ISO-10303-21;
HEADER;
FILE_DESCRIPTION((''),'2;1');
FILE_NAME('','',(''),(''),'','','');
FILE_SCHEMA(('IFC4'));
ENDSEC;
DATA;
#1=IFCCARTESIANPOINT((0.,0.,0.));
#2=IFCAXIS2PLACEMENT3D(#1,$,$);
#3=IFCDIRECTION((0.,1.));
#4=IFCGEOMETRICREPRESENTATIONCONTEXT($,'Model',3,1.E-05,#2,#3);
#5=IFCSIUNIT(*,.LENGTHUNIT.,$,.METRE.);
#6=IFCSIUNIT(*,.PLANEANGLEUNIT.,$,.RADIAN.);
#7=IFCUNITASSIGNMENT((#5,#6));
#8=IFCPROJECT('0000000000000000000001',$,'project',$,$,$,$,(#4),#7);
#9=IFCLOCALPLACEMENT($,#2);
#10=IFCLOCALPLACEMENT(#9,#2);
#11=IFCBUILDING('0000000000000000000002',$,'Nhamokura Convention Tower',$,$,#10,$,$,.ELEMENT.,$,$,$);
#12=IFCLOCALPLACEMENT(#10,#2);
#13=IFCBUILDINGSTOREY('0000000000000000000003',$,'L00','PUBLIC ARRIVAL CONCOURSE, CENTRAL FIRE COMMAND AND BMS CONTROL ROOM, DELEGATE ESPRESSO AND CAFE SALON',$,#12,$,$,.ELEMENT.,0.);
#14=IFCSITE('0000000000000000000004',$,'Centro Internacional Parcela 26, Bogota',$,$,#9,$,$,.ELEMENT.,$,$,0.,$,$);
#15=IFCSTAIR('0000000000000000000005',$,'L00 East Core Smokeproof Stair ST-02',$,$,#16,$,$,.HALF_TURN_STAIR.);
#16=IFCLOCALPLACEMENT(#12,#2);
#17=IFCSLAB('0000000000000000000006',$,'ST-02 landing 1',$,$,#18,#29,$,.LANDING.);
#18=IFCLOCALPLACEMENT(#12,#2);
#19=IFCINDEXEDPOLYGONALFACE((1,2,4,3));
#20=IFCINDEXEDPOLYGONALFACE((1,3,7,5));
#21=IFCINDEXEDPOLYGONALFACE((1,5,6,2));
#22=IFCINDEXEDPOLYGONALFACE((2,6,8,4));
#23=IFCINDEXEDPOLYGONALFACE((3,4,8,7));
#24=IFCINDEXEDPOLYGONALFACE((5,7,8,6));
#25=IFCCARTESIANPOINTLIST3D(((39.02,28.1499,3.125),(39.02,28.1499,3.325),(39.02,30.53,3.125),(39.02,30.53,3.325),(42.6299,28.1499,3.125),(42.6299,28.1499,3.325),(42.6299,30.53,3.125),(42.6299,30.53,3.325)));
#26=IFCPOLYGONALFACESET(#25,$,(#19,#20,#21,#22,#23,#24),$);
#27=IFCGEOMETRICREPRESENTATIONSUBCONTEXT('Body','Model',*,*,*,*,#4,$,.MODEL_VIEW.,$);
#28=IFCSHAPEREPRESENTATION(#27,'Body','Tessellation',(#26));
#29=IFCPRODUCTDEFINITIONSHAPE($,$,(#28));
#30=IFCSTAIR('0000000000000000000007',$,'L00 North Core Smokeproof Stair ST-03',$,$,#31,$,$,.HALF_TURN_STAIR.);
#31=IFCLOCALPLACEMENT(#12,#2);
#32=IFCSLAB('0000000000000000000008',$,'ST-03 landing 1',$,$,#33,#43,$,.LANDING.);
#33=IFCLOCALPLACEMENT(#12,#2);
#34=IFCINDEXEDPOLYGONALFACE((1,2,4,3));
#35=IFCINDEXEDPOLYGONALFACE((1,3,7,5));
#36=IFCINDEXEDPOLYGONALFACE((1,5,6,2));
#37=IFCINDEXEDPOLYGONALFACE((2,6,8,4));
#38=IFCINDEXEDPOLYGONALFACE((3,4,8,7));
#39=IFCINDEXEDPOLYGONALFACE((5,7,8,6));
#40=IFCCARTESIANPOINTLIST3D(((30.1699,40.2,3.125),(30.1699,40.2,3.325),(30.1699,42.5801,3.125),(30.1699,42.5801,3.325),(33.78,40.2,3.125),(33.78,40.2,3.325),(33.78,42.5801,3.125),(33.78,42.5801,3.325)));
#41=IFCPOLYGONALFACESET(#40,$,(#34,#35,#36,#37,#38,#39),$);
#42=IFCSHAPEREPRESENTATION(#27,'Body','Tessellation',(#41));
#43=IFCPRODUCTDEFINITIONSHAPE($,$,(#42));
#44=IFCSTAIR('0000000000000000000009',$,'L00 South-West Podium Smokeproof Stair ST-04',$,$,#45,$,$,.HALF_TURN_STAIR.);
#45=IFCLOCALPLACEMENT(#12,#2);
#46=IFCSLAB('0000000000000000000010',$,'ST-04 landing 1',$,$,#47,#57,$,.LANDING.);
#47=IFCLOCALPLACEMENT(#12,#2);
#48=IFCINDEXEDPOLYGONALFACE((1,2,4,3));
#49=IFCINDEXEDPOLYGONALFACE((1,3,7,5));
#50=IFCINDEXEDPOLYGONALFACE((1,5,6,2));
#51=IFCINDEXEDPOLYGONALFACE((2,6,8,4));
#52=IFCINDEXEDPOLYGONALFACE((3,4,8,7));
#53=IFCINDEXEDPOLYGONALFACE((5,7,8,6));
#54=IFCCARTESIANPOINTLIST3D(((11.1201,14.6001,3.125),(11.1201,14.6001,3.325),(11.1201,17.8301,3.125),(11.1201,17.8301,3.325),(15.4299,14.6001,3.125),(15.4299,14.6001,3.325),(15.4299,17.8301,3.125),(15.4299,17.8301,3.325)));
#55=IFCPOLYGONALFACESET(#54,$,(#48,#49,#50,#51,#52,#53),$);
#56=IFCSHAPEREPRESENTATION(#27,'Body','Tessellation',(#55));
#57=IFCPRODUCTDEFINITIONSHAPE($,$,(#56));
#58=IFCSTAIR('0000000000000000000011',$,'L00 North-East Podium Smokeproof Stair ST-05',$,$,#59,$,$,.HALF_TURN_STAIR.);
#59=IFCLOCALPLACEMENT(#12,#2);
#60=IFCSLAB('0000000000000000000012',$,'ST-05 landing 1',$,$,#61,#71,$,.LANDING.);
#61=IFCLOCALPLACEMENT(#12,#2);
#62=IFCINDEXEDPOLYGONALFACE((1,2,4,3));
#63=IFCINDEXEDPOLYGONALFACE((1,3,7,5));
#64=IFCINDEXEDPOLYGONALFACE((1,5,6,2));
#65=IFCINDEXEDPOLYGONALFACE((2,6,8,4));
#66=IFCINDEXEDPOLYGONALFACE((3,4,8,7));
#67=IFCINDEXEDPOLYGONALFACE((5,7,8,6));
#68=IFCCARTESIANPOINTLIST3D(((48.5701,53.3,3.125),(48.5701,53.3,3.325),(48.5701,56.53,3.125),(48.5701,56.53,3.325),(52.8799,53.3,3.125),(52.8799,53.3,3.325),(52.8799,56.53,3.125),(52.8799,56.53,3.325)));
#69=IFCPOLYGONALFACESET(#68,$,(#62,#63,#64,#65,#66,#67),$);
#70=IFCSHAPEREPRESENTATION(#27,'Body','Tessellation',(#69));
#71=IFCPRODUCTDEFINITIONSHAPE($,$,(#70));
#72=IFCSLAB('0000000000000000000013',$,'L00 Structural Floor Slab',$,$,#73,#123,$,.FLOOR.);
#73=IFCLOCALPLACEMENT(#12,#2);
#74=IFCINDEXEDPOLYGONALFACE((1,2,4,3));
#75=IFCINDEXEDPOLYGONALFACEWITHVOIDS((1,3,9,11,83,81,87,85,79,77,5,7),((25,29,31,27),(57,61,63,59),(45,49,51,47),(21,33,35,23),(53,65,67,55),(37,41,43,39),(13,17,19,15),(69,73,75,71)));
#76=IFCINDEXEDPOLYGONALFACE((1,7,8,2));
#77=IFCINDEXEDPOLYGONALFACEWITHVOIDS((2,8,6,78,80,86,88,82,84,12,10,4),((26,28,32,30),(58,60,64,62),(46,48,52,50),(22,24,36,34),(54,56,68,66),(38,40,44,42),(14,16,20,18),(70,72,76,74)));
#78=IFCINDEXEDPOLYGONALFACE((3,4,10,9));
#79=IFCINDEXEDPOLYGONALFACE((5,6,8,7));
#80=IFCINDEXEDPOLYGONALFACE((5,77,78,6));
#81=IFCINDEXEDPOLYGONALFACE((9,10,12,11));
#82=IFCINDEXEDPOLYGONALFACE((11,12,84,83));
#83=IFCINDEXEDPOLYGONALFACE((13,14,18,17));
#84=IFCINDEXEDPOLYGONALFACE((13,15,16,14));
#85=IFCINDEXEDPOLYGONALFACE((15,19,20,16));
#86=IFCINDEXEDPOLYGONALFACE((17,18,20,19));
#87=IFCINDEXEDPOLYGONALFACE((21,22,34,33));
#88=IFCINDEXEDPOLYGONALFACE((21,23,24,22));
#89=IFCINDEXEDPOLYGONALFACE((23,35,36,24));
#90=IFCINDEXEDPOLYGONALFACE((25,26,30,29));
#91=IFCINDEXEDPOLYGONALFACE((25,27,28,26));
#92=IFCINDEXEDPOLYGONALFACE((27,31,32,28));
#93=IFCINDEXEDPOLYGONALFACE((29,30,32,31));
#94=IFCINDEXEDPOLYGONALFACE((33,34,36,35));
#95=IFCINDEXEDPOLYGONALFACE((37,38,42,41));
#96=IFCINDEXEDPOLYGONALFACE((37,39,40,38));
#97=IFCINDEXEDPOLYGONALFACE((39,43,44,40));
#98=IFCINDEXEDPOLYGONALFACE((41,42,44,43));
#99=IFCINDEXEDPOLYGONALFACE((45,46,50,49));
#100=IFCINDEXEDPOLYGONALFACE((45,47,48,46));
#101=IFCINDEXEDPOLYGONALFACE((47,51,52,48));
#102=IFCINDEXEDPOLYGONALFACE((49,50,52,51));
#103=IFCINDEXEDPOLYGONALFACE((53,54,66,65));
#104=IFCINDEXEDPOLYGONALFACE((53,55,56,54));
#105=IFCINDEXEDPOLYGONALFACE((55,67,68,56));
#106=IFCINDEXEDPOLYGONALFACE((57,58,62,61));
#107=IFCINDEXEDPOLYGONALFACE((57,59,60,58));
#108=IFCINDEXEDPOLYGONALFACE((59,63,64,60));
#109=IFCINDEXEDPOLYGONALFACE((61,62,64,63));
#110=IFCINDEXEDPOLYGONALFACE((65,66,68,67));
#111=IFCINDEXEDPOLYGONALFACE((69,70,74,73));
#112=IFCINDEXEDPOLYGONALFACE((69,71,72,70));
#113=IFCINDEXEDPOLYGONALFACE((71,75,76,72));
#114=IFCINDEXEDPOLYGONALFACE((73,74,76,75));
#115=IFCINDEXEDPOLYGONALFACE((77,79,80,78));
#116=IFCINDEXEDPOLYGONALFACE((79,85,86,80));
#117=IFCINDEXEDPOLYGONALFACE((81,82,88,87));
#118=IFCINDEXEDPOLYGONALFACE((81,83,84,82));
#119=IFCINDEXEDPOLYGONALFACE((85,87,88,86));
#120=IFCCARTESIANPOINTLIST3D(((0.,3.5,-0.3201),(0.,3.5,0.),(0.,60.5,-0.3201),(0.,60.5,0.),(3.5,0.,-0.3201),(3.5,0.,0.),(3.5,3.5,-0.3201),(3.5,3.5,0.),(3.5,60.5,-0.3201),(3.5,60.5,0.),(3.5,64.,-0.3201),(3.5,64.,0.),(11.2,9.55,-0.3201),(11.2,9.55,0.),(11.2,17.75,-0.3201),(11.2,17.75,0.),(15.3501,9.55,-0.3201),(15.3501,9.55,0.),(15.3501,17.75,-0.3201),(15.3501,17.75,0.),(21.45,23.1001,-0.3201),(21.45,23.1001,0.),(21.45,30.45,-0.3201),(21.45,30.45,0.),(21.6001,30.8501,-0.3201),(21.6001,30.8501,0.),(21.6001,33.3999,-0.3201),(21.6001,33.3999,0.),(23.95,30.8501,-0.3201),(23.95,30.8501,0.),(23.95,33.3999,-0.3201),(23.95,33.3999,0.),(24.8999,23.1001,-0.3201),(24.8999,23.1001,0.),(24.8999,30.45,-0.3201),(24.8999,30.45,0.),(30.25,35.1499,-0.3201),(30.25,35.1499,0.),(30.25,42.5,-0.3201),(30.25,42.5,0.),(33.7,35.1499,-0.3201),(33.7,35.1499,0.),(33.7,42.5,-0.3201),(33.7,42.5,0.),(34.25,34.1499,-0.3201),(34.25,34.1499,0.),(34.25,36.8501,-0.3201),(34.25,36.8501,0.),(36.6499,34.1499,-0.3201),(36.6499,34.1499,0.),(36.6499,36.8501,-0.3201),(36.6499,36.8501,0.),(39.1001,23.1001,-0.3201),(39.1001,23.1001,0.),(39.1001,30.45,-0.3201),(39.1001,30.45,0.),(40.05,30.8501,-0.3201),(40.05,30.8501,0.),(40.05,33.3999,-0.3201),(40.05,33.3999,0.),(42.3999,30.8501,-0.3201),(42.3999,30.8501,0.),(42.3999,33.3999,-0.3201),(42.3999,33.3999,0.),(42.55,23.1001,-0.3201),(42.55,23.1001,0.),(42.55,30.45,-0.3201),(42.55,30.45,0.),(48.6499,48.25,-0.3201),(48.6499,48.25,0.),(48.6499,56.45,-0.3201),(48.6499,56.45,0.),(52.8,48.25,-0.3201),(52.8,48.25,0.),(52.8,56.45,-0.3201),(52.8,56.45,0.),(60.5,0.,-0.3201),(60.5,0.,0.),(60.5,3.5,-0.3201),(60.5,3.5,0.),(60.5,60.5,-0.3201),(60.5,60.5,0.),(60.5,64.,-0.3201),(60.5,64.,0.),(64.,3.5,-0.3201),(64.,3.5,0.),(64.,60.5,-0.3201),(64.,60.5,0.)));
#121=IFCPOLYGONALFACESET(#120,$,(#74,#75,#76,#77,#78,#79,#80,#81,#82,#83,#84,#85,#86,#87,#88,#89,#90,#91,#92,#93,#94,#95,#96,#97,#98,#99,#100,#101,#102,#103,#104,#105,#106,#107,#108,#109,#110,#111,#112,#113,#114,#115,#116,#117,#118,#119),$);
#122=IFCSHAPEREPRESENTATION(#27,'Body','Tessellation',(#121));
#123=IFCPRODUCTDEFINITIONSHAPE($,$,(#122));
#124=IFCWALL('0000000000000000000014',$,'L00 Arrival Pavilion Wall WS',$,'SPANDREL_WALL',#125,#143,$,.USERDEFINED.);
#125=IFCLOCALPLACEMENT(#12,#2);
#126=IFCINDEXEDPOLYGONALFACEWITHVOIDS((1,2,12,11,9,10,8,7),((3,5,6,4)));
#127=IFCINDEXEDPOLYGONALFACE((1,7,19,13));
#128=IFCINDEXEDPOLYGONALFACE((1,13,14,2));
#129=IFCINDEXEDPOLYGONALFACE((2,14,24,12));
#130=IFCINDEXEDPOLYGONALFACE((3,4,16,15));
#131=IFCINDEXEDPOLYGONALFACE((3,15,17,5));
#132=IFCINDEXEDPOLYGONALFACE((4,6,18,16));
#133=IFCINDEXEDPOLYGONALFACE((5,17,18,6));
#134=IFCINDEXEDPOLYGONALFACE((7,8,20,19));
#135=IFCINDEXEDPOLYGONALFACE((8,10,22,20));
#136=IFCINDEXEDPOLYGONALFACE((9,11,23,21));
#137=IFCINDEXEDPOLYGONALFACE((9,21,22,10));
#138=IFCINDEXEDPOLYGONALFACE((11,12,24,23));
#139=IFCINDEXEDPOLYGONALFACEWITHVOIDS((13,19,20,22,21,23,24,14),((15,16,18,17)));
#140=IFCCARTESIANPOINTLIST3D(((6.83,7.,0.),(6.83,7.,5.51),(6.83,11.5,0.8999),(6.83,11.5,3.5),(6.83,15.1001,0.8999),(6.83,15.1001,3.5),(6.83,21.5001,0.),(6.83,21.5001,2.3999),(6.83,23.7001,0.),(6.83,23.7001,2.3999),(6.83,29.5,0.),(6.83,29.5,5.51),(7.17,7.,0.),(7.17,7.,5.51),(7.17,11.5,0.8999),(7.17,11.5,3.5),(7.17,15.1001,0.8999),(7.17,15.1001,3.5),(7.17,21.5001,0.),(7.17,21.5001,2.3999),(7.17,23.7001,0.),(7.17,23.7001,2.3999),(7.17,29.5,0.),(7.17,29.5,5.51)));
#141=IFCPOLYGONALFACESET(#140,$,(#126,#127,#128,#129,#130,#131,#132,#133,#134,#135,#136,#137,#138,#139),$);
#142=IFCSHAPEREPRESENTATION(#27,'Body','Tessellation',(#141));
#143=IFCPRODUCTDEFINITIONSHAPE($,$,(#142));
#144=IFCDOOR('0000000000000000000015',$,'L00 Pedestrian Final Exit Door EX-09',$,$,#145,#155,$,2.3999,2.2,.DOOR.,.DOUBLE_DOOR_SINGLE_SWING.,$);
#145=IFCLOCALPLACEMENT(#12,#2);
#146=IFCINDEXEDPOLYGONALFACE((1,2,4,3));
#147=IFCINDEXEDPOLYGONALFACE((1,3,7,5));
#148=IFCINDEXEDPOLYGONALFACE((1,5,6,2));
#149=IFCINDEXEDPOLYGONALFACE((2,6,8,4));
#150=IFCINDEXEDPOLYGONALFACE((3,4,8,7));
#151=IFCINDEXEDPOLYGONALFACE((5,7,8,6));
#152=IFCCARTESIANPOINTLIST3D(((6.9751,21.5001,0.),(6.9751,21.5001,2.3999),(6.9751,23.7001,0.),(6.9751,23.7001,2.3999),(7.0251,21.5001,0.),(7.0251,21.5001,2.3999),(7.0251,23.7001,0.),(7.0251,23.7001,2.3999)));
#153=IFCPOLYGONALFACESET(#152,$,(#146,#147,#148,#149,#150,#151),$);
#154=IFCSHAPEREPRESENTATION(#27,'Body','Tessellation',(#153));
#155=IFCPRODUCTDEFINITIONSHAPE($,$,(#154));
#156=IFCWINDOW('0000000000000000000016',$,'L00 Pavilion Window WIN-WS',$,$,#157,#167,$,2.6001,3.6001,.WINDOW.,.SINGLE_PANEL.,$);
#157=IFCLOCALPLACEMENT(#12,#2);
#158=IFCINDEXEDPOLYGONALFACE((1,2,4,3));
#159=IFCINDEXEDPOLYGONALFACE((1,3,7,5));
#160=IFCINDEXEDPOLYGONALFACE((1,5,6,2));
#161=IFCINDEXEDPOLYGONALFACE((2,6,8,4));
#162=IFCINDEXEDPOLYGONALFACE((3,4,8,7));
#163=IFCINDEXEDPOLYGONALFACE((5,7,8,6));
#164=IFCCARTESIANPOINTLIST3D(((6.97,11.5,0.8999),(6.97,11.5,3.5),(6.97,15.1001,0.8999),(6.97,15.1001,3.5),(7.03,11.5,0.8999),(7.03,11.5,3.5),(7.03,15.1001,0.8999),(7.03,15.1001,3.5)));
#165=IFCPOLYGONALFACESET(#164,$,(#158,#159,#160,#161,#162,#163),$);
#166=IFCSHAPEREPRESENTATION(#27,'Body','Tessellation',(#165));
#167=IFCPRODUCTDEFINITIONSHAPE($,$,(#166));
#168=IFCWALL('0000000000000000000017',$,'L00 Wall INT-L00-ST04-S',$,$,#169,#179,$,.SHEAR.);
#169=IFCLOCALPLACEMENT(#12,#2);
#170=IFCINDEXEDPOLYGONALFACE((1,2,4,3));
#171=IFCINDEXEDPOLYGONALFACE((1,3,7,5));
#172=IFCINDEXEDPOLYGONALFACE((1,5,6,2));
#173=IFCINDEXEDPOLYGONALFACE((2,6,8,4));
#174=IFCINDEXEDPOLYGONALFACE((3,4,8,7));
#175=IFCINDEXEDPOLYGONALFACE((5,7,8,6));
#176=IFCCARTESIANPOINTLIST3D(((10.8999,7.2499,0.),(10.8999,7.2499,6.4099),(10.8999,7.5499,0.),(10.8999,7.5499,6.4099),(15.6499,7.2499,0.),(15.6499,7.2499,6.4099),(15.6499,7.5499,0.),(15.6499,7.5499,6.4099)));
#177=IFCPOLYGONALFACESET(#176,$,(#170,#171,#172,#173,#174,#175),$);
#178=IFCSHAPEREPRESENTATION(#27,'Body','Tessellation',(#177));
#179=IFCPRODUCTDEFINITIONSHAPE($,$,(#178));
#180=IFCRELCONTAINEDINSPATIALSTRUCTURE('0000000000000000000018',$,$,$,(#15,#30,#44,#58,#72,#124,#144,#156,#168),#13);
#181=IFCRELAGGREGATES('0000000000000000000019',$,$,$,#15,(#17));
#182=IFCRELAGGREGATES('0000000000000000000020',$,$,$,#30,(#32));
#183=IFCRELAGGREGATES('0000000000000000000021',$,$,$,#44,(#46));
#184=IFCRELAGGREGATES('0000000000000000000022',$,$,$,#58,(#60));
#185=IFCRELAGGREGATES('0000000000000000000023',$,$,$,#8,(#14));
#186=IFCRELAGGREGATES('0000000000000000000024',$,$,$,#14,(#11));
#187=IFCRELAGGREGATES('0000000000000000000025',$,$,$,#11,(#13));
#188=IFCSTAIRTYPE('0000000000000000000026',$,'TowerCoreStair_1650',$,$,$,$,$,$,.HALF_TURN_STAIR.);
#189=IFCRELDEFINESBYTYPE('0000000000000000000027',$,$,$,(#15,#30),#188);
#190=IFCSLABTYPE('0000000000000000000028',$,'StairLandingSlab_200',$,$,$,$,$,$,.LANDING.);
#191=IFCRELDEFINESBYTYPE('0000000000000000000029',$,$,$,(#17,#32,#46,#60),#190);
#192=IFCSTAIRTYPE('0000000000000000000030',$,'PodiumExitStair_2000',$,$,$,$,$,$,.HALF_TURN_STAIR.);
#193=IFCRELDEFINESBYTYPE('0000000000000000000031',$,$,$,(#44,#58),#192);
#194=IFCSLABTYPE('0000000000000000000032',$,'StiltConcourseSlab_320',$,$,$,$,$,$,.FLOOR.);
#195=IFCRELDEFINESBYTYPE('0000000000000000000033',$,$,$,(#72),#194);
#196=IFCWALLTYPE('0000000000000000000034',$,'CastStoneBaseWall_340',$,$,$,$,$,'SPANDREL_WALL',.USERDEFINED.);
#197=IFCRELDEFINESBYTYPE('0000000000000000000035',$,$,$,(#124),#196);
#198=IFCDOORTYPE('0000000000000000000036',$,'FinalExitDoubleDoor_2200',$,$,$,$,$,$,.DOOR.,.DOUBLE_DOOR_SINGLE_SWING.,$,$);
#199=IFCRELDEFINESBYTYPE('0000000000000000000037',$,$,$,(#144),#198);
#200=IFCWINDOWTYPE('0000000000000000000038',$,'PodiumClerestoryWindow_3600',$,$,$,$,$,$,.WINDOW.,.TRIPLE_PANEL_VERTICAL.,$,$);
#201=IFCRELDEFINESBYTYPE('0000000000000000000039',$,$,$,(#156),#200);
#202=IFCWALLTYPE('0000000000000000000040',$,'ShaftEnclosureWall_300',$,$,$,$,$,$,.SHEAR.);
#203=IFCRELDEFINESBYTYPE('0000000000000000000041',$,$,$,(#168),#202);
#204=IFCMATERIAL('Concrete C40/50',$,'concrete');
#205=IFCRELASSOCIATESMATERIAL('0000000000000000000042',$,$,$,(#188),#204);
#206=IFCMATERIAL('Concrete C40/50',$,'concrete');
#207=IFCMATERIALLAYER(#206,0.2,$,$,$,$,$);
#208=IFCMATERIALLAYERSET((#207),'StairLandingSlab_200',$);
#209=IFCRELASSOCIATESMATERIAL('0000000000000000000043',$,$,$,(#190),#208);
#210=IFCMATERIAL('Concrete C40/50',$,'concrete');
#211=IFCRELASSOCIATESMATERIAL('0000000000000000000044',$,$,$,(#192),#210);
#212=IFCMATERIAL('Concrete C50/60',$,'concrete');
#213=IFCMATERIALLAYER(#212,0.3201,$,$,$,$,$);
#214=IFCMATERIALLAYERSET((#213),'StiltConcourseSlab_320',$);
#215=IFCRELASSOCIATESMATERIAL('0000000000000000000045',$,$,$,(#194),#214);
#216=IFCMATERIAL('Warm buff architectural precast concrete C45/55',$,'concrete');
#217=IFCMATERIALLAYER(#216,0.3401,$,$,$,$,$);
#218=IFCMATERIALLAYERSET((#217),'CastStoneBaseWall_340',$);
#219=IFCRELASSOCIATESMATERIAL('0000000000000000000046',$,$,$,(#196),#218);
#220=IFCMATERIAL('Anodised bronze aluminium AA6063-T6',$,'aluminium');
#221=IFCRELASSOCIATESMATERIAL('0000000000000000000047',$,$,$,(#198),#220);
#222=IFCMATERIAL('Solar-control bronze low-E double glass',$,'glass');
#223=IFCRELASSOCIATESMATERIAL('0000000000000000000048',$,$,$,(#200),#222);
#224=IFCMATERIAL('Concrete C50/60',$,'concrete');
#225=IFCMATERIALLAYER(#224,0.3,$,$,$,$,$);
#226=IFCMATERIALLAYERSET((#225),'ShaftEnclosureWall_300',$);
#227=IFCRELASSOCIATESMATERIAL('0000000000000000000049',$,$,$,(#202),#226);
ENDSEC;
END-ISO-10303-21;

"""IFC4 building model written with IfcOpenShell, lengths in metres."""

from ifc_helpers import new_model, si_unit, direction, frame, frame_2d, origin, place, context, subcontext, project, spatial, polyline, rectangle, outline, extrude, material, layer, layer_set, type_object, element, fill, aggregate, save


model = new_model("IFC4")

# Units and contexts
model_context = context("Model", 3, precision=1e-05, world=origin(), true_north=direction((0.0, 1.0)))
body_context = subcontext(model_context, "Body", "Model", "MODEL_VIEW")
ifc_project = project(units=[si_unit("LENGTHUNIT", "METRE"), si_unit("PLANEANGLEUNIT", "RADIAN")], contexts=[model_context])

# Site, building, storey
site_placement = place(None, origin())
site = spatial("IfcSite", under=ifc_project, at=site_placement, Name="Centro Internacional Parcela 26, Bogota", CompositionType="ELEMENT", RefElevation=0.0)
building_placement = place(site_placement, origin())
building = spatial("IfcBuilding", under=site, at=building_placement, Name="Nhamokura Convention Tower", CompositionType="ELEMENT")
storey_placement = place(building_placement, origin())
storey = spatial("IfcBuildingStorey", under=building, at=storey_placement, Name="L00", Description="PUBLIC ARRIVAL CONCOURSE, CENTRAL FIRE COMMAND AND BMS CONTROL ROOM, DELEGATE ESPRESSO AND CAFE SALON", CompositionType="ELEMENT", Elevation=0.0)

# Stairs, slabs
ifc_material_1 = material(Name="Concrete C40/50", Category="concrete")
stair_type_1 = type_object("IfcStairType", Name="TowerCoreStair_1650", PredefinedType="HALF_TURN_STAIR", material=ifc_material_1)
ifc_material_2 = material(Name="Concrete C40/50", Category="concrete")
ifc_layer_1 = layer(ifc_material_2, 0.2)
ifc_layer_set_1 = layer_set([ifc_layer_1], Name="StairLandingSlab_200")
slab_type_1 = type_object("IfcSlabType", Name="StairLandingSlab_200", PredefinedType="LANDING", material=ifc_layer_set_1)
stair_1_placement = place(storey_placement, origin())
stair_1 = element("IfcStair", 1, at=stair_1_placement, inside=storey, type_object=stair_type_1, Name="L00 East Core Smokeproof Stair ST-02", PredefinedType="HALF_TURN_STAIR")
slab_1_placement = place(storey_placement, frame((0.0, 0.0, 3.125)))
slab_1 = element("IfcSlab", 2, at=slab_1_placement, type_object=slab_type_1, Name="ST-02 landing 1", PredefinedType="LANDING", context=body_context, shape_type="SweptSolid", body=[
    extrude(outline(polyline([(42.6299, 28.1499), (42.6299, 30.53), (39.02, 30.53), (39.02, 28.1499), (42.6299, 28.1499)])), origin(), (0.0, 0.0, 1.0), 0.2),
])
aggregate(stair_1, [slab_1])
stair_2_placement = place(storey_placement, origin())
stair_2 = element("IfcStair", 3, at=stair_2_placement, inside=storey, type_object=stair_type_1, Name="L00 North Core Smokeproof Stair ST-03", PredefinedType="HALF_TURN_STAIR")
slab_2_placement = place(storey_placement, frame((0.0, 0.0, 3.125)))
slab_2 = element("IfcSlab", 4, at=slab_2_placement, type_object=slab_type_1, Name="ST-03 landing 1", PredefinedType="LANDING", context=body_context, shape_type="SweptSolid", body=[
    extrude(outline(polyline([(33.78, 40.2), (33.78, 42.5801), (30.1699, 42.5801), (30.1699, 40.2), (33.78, 40.2)])), origin(), (0.0, 0.0, 1.0), 0.2),
])
aggregate(stair_2, [slab_2])
ifc_material_3 = material(Name="Concrete C40/50", Category="concrete")
stair_type_2 = type_object("IfcStairType", Name="PodiumExitStair_2000", PredefinedType="HALF_TURN_STAIR", material=ifc_material_3)
stair_3_placement = place(storey_placement, origin())
stair_3 = element("IfcStair", 5, at=stair_3_placement, inside=storey, type_object=stair_type_2, Name="L00 South-West Podium Smokeproof Stair ST-04", PredefinedType="HALF_TURN_STAIR")
slab_3_placement = place(storey_placement, frame((0.0, 0.0, 3.125)))
slab_3 = element("IfcSlab", 6, at=slab_3_placement, type_object=slab_type_1, Name="ST-04 landing 1", PredefinedType="LANDING", context=body_context, shape_type="SweptSolid", body=[
    extrude(outline(polyline([(15.4299, 14.6001), (15.4299, 17.8301), (11.1201, 17.8301), (11.1201, 14.6001), (15.4299, 14.6001)])), origin(), (0.0, 0.0, 1.0), 0.2),
])
aggregate(stair_3, [slab_3])
stair_4_placement = place(storey_placement, origin())
stair_4 = element("IfcStair", 7, at=stair_4_placement, inside=storey, type_object=stair_type_2, Name="L00 North-East Podium Smokeproof Stair ST-05", PredefinedType="HALF_TURN_STAIR")
slab_4_placement = place(storey_placement, frame((0.0, 0.0, 3.125)))
slab_4 = element("IfcSlab", 8, at=slab_4_placement, type_object=slab_type_1, Name="ST-05 landing 1", PredefinedType="LANDING", context=body_context, shape_type="SweptSolid", body=[
    extrude(outline(polyline([(52.8799, 53.3), (52.8799, 56.53), (48.5701, 56.53), (48.5701, 53.3), (52.8799, 53.3)])), origin(), (0.0, 0.0, 1.0), 0.2),
])
aggregate(stair_4, [slab_4])

# Slab
ifc_material_4 = material(Name="Concrete C50/60", Category="concrete")
ifc_layer_2 = layer(ifc_material_4, 0.3201)
ifc_layer_set_2 = layer_set([ifc_layer_2], Name="StiltConcourseSlab_320")
slab_type_2 = type_object("IfcSlabType", Name="StiltConcourseSlab_320", PredefinedType="FLOOR", material=ifc_layer_set_2)
slab_5_placement = place(storey_placement, frame((0.0, 0.0, -0.3201)))
element("IfcSlab", 9, at=slab_5_placement, inside=storey, type_object=slab_type_2, Name="L00 Structural Floor Slab", PredefinedType="FLOOR", context=body_context, shape_type="SweptSolid", body=[
    extrude(outline(polyline([(3.5, 0.0), (60.5, 0.0), (60.5, 3.5), (64.0, 3.5), (64.0, 60.5), (60.5, 60.5), (60.5, 64.0), (3.5, 64.0), (3.5, 60.5), (0.0, 60.5), (0.0, 3.5), (3.5, 3.5), (3.5, 0.0)]), holes=[polyline([(24.8999, 23.1001), (24.8999, 30.45), (21.45, 30.45), (21.45, 23.1001), (24.8999, 23.1001)]), polyline([(42.55, 23.1001), (42.55, 30.45), (39.1001, 30.45), (39.1001, 23.1001), (42.55, 23.1001)]), polyline([(33.7, 35.1499), (33.7, 42.5), (30.25, 42.5), (30.25, 35.1499), (33.7, 35.1499)]), polyline([(15.3501, 9.55), (15.3501, 17.75), (11.2, 17.75), (11.2, 9.55), (15.3501, 9.55)]), polyline([(52.8, 48.25), (52.8, 56.45), (48.6499, 56.45), (48.6499, 48.25), (52.8, 48.25)]), polyline([(21.6001, 30.8501), (23.95, 30.8501), (23.95, 33.3999), (21.6001, 33.3999), (21.6001, 30.8501)]), polyline([(40.05, 30.8501), (42.3999, 30.8501), (42.3999, 33.3999), (40.05, 33.3999), (40.05, 30.8501)]), polyline([(34.25, 34.1499), (36.6499, 34.1499), (36.6499, 36.8501), (34.25, 36.8501), (34.25, 34.1499)])]), origin(), (0.0, 0.0, 1.0), 0.3201),
])

# Wall, openings, door, window
ifc_material_5 = material(Name="Warm buff architectural precast concrete C45/55", Category="concrete")
ifc_layer_3 = layer(ifc_material_5, 0.3401)
ifc_layer_set_3 = layer_set([ifc_layer_3], Name="CastStoneBaseWall_340")
wall_type_1 = type_object("IfcWallType", Name="CastStoneBaseWall_340", ElementType="SPANDREL_WALL", PredefinedType="USERDEFINED", material=ifc_layer_set_3)
wall_placement = place(storey_placement, frame((7.0, 7.0, 0.0), z_axis=(0.0, 0.0, 1.0), x_axis=(0.0, 1.0, 0.0)))
wall = element("IfcWall", 10, at=wall_placement, inside=storey, type_object=wall_type_1, Name="L00 Arrival Pavilion Wall WS", ObjectType="SPANDREL_WALL", PredefinedType="USERDEFINED", context=body_context, shape_type="SweptSolid", body=[
    extrude(rectangle(XDim=22.5, YDim=0.3401, at=frame_2d((11.25, 0.0))), origin(), (0.0, 0.0, 1.0), 5.51),
])
opening_1_placement = place(wall_placement, frame((14.5, 0.0, 0.0)))
opening_1 = element("IfcOpeningElement", 11, at=opening_1_placement, cuts=wall, PredefinedType="OPENING", context=body_context, shape_type="SweptSolid", body=[
    extrude(rectangle(XDim=2.2, YDim=2.3999, at=frame_2d((1.1001, 1.2))), frame((0.0, 0.1799, 0.0), z_axis=(0.0, -1.0, 0.0), x_axis=(1.0, 0.0, 0.0)), (0.0, 0.0, 1.0), 0.3601),
])
opening_2_placement = place(wall_placement, frame((4.5, 0.0, 0.8999)))
opening_2 = element("IfcOpeningElement", 12, at=opening_2_placement, cuts=wall, PredefinedType="OPENING", context=body_context, shape_type="SweptSolid", body=[
    extrude(rectangle(XDim=3.6001, YDim=2.6001, at=frame_2d((1.8, 1.3))), frame((0.0, 0.1799, 0.0), z_axis=(0.0, -1.0, 0.0), x_axis=(1.0, 0.0, 0.0)), (0.0, 0.0, 1.0), 0.3601),
])
ifc_material_6 = material(Name="Anodised bronze aluminium AA6063-T6", Category="aluminium")
door_type = type_object("IfcDoorType", Name="FinalExitDoubleDoor_2200", OperationType="DOUBLE_DOOR_SINGLE_SWING", PredefinedType="DOOR", material=ifc_material_6)
door_placement = place(opening_1_placement, origin())
door = element("IfcDoor", 13, at=door_placement, inside=storey, type_object=door_type, Name="L00 Pedestrian Final Exit Door EX-09", OperationType="DOUBLE_DOOR_SINGLE_SWING", OverallHeight=2.3999, OverallWidth=2.2, PredefinedType="DOOR", context=body_context, shape_type="SweptSolid", body=[
    extrude(rectangle(XDim=2.2, YDim=2.3999, at=frame_2d((1.1001, 1.2))), frame((0.0, 0.0249, 0.0), z_axis=(0.0, -1.0, 0.0), x_axis=(1.0, 0.0, 0.0)), (0.0, 0.0, 1.0), 0.05),
])
fill(opening_1, door)
ifc_material_7 = material(Name="Solar-control bronze low-E double glass", Category="glass")
window_type = type_object("IfcWindowType", Name="PodiumClerestoryWindow_3600", PartitioningType="TRIPLE_PANEL_VERTICAL", PredefinedType="WINDOW", material=ifc_material_7)
window_placement = place(opening_2_placement, origin())
window = element("IfcWindow", 14, at=window_placement, inside=storey, type_object=window_type, Name="L00 Pavilion Window WIN-WS", OverallHeight=2.6001, OverallWidth=3.6001, PartitioningType="SINGLE_PANEL", PredefinedType="WINDOW", context=body_context, shape_type="SweptSolid", body=[
    extrude(rectangle(XDim=3.6001, YDim=2.6001, at=frame_2d((1.8, 1.3))), frame((0.0, 0.03, 0.0), z_axis=(0.0, -1.0, 0.0), x_axis=(1.0, 0.0, 0.0)), (0.0, 0.0, 1.0), 0.0601),
])
fill(opening_2, window)

# Wall
ifc_material_8 = material(Name="Concrete C50/60", Category="concrete")
ifc_layer_4 = layer(ifc_material_8, 0.3)
ifc_layer_set_4 = layer_set([ifc_layer_4], Name="ShaftEnclosureWall_300")
wall_type_2 = type_object("IfcWallType", Name="ShaftEnclosureWall_300", PredefinedType="SHEAR", material=ifc_layer_set_4)
for number, where, z_axis, x_axis, name in (
    (15, (10.8999, 7.3999, 0.0), (0.0, 0.0, 1.0), (1.0, 0.0, 0.0), "L00 Wall INT-L00-ST04-S"),
):
    element("IfcWall", number, at=place(storey_placement, frame(where, z_axis=z_axis, x_axis=x_axis)), inside=storey, type_object=wall_type_2, Name=name, PredefinedType="SHEAR", context=body_context, shape_type="SweptSolid", body=[
        extrude(rectangle(XDim=4.75, YDim=0.3, at=frame_2d((2.375, 0.0))), origin(), (0.0, 0.0, 1.0), 6.4099),
    ])

save(model, "model.ifc")
